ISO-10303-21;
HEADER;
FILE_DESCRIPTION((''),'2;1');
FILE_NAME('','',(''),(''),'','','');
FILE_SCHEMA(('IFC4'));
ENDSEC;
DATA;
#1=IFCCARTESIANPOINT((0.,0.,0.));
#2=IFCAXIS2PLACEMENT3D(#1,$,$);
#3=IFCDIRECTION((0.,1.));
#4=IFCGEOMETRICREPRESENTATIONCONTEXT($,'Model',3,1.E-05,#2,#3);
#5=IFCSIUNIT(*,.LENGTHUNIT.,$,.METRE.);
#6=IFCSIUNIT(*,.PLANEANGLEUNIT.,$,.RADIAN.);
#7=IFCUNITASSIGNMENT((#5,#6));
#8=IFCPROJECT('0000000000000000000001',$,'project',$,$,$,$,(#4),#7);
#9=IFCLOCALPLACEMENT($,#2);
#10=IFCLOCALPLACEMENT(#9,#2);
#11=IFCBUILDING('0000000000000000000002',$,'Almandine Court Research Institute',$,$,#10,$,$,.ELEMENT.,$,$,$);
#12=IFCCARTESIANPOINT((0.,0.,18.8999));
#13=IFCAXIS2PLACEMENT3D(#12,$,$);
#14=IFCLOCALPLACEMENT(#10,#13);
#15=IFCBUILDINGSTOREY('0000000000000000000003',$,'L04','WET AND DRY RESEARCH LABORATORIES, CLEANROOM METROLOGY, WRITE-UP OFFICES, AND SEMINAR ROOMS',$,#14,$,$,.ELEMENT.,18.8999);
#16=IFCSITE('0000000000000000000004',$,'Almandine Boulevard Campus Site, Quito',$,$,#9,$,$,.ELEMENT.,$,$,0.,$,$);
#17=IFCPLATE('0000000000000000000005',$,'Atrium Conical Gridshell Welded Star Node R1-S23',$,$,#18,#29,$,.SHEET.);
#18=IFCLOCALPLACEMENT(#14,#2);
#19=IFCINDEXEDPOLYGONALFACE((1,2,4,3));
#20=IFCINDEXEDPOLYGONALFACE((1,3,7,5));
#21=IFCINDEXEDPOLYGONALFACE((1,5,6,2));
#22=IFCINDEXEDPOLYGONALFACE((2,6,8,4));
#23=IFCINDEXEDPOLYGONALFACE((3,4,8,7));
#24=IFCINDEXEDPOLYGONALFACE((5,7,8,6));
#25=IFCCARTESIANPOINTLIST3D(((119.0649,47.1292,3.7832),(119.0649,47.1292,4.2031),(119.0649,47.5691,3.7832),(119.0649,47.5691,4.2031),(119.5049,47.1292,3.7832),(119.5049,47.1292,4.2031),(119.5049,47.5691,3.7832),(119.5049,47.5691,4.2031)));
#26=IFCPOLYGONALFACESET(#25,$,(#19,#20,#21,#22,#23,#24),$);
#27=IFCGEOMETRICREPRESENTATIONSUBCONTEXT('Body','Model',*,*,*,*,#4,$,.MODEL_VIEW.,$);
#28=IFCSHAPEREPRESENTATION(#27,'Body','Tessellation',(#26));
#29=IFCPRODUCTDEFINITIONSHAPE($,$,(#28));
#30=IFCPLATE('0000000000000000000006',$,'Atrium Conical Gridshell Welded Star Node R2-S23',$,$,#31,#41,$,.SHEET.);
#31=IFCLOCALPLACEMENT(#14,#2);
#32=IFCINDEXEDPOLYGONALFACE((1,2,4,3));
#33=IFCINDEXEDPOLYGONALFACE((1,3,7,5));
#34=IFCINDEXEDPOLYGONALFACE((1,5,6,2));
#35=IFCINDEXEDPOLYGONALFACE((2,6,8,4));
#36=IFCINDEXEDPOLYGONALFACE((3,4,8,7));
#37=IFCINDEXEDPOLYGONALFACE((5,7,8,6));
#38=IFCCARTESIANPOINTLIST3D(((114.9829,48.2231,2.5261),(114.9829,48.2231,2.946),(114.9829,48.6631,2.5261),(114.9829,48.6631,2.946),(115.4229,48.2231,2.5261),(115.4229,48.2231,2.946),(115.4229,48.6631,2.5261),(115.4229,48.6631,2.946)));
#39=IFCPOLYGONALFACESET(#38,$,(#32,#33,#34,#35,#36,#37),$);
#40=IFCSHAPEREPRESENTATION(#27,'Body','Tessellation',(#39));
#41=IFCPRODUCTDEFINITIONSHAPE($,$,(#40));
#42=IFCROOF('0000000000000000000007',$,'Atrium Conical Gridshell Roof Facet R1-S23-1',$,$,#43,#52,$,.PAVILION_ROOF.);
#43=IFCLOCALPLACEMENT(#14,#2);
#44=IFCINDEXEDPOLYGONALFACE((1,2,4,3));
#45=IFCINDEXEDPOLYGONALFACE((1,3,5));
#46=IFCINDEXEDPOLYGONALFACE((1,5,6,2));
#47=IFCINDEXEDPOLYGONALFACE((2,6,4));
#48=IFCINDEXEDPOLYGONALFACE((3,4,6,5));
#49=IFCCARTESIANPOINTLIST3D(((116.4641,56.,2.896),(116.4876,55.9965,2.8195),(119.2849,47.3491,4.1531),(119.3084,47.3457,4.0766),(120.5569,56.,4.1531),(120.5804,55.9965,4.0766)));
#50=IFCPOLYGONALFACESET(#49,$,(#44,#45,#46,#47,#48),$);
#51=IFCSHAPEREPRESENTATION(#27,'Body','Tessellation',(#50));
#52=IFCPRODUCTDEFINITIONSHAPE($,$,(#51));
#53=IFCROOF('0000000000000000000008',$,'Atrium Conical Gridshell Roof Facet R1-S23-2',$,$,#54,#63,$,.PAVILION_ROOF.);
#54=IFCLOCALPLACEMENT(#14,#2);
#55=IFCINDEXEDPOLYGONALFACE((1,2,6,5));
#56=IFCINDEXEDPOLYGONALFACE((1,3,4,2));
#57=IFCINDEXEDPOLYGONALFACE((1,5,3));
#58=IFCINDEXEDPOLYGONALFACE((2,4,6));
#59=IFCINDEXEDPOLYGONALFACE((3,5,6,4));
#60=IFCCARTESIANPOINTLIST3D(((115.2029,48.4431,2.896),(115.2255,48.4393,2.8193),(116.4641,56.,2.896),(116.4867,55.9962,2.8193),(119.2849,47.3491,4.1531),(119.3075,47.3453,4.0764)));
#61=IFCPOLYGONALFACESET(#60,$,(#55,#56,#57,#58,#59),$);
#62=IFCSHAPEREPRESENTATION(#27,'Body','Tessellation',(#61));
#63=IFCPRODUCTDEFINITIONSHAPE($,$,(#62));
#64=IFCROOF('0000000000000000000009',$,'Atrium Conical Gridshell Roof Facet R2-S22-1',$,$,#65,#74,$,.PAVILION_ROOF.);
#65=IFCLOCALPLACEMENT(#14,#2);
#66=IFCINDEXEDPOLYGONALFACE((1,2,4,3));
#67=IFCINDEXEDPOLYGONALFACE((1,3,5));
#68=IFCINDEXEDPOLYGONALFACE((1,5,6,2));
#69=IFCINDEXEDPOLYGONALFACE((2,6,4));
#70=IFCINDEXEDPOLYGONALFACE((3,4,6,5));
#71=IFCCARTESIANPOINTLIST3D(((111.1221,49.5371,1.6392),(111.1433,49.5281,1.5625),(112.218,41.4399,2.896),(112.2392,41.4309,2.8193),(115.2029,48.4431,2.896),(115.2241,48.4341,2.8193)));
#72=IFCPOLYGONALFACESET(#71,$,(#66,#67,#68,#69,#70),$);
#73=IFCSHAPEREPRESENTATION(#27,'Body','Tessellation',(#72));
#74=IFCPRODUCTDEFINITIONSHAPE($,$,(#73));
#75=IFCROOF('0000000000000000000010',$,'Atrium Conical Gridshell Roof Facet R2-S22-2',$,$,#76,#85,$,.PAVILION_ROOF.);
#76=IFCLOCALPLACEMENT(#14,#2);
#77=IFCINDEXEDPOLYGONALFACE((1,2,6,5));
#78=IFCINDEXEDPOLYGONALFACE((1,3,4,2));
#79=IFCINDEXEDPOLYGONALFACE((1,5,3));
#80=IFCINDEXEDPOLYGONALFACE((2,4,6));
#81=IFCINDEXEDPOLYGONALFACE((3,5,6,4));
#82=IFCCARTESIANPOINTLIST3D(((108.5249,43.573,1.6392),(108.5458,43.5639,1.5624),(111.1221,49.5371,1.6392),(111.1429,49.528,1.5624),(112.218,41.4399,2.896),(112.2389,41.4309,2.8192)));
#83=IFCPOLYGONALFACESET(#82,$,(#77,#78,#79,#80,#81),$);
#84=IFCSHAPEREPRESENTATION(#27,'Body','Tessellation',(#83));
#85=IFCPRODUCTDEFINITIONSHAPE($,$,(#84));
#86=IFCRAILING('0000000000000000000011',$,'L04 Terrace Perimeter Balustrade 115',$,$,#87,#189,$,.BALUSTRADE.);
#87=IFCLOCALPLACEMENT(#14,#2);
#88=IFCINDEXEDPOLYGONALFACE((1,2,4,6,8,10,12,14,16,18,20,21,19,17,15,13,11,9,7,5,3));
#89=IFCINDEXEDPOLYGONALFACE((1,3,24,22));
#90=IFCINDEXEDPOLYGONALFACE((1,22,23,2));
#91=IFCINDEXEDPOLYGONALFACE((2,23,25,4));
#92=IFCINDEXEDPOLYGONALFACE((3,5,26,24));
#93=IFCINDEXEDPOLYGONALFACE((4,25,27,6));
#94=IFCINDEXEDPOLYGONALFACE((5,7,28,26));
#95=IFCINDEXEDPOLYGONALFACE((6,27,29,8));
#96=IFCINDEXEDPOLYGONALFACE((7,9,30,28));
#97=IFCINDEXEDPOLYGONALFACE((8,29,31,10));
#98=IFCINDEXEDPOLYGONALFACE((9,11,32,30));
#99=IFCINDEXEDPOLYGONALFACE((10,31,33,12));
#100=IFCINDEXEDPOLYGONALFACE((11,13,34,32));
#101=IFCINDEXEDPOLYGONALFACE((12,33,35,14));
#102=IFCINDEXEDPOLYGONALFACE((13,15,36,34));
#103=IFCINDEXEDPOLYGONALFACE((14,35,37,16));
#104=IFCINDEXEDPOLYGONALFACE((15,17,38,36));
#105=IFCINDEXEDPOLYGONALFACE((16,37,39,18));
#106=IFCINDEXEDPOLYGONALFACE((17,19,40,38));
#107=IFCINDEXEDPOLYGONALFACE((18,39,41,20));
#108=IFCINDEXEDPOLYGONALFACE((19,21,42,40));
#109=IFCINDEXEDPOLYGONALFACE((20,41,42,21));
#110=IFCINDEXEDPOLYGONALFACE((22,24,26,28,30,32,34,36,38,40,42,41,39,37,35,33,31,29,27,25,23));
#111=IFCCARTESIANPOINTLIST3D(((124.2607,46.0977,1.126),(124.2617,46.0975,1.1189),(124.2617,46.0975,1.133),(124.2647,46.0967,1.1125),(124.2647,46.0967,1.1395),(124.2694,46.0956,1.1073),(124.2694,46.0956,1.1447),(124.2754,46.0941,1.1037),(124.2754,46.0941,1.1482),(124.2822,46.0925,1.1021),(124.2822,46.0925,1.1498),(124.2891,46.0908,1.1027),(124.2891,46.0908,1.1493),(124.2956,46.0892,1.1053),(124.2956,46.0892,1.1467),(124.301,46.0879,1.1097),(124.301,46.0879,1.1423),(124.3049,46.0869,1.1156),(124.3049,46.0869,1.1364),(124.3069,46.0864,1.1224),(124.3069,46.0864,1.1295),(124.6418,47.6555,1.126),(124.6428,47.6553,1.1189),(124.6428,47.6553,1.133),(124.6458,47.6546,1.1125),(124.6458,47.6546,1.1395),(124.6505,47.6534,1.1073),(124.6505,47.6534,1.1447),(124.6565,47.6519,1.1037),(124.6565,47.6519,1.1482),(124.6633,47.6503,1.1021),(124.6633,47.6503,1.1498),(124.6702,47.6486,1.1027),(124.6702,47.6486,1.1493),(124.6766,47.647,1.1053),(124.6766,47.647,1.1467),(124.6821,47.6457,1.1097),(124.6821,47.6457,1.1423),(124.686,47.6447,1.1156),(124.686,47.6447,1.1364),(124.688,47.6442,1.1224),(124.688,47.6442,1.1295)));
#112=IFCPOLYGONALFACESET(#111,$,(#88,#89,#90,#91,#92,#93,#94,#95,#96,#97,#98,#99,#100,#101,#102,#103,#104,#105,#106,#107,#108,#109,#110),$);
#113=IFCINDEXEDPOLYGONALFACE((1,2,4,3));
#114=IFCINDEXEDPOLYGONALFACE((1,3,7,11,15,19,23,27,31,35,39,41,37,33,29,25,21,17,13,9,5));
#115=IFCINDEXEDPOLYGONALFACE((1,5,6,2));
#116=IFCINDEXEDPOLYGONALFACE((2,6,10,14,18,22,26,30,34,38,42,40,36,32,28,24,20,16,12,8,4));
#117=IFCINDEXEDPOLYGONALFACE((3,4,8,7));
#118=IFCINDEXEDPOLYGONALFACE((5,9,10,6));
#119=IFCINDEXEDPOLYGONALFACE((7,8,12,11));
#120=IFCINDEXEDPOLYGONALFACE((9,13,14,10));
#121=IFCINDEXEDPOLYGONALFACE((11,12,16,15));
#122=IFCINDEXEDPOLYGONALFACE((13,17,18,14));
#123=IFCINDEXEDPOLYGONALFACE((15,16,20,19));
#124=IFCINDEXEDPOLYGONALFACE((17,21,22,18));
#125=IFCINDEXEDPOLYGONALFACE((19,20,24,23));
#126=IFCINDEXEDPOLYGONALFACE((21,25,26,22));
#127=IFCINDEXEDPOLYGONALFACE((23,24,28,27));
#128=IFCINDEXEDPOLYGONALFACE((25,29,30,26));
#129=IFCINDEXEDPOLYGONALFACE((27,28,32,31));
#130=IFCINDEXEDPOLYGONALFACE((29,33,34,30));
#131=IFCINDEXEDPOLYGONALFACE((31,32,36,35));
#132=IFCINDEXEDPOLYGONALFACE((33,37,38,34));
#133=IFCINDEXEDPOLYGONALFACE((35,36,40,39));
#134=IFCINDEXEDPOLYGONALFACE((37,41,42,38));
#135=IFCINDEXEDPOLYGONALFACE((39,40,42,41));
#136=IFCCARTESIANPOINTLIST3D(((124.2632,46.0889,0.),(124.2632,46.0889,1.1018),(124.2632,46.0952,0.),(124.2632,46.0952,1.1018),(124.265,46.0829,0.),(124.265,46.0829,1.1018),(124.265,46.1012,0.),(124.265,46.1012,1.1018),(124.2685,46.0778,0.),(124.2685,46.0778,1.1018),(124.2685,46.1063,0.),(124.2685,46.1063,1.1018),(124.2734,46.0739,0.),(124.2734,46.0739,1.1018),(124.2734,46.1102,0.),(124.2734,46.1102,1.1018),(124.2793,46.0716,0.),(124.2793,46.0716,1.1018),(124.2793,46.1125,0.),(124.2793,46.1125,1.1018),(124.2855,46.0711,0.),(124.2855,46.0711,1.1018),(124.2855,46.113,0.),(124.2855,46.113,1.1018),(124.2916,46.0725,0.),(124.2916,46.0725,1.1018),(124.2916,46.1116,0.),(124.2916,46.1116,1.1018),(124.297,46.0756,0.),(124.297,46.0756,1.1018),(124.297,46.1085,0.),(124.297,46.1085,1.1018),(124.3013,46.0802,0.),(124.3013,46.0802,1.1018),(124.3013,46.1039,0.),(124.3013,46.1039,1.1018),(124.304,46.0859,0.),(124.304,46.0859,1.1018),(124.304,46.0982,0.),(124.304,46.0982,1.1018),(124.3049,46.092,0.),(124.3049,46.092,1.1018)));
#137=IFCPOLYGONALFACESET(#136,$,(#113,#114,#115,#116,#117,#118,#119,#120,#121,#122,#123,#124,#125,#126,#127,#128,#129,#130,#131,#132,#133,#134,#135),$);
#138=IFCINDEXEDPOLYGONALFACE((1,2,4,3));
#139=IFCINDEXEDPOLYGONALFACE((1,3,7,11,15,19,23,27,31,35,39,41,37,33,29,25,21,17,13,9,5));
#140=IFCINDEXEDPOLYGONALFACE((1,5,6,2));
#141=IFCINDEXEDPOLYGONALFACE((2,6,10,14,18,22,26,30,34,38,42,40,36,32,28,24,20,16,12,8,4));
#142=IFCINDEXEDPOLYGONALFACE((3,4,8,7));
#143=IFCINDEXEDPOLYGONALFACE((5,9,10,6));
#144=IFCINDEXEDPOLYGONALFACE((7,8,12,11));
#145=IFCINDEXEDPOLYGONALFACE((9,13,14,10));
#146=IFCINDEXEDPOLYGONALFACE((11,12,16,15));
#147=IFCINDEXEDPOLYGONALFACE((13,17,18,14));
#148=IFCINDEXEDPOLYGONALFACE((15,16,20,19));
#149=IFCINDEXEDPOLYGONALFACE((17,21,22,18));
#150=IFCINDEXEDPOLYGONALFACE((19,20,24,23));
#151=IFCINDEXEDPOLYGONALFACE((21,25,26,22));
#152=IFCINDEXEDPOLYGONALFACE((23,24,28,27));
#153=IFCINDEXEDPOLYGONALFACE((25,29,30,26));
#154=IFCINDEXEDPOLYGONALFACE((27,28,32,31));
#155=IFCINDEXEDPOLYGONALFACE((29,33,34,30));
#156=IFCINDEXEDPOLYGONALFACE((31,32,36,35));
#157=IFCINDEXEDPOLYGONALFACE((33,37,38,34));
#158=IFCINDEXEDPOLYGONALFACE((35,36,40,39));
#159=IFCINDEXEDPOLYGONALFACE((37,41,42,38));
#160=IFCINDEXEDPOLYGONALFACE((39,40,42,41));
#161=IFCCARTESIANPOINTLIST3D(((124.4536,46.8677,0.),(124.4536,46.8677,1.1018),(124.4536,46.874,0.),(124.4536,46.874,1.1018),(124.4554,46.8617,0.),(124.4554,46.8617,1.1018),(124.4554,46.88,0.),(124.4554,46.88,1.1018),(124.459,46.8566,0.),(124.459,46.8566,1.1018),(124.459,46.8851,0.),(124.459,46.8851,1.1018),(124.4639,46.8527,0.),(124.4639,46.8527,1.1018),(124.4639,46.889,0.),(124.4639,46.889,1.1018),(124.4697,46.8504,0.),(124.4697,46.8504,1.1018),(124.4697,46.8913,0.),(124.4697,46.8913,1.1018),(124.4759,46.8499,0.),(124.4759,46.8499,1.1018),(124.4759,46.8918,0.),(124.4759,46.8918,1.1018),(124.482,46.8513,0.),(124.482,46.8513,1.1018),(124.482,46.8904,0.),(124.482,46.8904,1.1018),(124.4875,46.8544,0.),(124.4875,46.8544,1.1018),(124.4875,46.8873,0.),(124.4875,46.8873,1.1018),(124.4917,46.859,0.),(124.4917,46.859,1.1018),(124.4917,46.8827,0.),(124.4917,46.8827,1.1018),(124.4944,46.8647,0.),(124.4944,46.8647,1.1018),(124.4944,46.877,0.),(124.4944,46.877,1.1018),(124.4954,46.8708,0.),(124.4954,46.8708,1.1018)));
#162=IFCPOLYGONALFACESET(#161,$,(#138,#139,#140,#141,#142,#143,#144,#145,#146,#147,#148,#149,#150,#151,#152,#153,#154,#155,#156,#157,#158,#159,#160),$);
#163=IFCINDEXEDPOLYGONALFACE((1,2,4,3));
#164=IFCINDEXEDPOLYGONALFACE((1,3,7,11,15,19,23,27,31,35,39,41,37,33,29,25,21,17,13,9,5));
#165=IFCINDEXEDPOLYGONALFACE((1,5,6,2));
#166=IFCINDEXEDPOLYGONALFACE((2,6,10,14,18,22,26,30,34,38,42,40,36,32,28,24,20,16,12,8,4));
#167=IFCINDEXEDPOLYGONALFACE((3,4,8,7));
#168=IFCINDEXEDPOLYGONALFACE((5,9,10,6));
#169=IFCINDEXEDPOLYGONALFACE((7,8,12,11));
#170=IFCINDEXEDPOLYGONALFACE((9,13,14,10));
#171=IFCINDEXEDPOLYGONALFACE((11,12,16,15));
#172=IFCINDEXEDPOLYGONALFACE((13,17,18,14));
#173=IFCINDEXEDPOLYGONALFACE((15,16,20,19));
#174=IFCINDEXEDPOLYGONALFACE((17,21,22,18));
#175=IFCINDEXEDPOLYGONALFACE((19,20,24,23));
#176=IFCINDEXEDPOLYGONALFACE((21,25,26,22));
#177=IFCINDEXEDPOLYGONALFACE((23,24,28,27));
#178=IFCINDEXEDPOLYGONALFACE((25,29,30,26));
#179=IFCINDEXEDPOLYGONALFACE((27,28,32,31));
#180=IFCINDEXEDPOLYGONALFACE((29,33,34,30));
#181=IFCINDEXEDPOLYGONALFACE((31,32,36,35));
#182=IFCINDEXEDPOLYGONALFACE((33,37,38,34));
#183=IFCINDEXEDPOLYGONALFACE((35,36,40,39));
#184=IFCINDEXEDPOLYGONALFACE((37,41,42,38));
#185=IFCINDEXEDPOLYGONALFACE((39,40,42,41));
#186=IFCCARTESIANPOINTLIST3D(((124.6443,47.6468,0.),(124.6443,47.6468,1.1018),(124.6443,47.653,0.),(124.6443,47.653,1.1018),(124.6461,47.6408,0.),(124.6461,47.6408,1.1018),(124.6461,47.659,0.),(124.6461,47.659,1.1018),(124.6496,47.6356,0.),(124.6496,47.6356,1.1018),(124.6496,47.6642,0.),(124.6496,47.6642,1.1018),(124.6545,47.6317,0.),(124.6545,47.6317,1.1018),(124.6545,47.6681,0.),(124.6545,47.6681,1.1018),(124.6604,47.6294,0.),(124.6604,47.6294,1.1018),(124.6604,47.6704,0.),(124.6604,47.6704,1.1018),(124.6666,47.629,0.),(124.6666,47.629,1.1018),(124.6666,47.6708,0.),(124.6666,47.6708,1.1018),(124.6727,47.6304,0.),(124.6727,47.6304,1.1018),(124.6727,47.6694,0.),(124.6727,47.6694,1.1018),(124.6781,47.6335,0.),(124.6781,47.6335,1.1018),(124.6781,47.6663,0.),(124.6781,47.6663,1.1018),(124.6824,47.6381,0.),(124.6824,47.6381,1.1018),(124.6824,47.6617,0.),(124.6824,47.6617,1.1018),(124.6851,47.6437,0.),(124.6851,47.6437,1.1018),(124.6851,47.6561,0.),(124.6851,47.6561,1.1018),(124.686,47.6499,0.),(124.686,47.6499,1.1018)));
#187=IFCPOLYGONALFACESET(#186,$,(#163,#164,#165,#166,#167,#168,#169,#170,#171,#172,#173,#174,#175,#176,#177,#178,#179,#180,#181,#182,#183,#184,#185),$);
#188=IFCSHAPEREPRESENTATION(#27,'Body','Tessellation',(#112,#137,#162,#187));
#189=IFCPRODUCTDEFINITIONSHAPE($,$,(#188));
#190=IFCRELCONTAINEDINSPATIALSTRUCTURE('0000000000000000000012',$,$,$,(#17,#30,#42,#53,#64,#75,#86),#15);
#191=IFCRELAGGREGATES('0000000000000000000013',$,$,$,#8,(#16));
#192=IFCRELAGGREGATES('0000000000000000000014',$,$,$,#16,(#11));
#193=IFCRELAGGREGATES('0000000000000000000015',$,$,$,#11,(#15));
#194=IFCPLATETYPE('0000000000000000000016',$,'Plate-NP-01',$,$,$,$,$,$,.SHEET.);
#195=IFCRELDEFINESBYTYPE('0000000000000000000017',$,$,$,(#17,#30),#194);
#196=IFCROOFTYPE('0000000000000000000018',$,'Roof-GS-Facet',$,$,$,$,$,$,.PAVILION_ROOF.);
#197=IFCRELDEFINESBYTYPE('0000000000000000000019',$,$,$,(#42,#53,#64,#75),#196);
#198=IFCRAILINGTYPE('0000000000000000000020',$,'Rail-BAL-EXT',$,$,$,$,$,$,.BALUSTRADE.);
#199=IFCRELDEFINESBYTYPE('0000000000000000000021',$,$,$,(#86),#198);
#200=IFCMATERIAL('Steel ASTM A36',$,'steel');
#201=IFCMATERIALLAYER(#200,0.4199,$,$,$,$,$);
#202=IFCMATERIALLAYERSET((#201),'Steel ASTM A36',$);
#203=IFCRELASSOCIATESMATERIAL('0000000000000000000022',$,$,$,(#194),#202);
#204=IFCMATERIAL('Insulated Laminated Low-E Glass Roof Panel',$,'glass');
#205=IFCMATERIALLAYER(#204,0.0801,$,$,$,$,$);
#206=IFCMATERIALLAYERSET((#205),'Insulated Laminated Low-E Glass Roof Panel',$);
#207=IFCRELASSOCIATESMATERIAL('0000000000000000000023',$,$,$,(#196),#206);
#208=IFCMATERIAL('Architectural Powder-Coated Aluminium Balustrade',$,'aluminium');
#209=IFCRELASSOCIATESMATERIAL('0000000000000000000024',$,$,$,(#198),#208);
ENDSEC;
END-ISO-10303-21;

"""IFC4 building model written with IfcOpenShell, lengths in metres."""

from ifc_helpers import new_model, si_unit, direction, frame, origin, origin_2d, place, context, subcontext, project, spatial, polyline, rectangle, circle, outline, extrude, material, layer, layer_set, type_object, element, save


model = new_model("IFC4")

# Units and contexts
model_context = context("Model", 3, precision=1e-05, world=origin(), true_north=direction((0.0, 1.0)))
body_context = subcontext(model_context, "Body", "Model", "MODEL_VIEW")
ifc_project = project(units=[si_unit("LENGTHUNIT", "METRE"), si_unit("PLANEANGLEUNIT", "RADIAN")], contexts=[model_context])

# Site, building, storey
site_placement = place(None, origin())
site = spatial("IfcSite", under=ifc_project, at=site_placement, Name="Almandine Boulevard Campus Site, Quito", CompositionType="ELEMENT", RefElevation=0.0)
building_placement = place(site_placement, origin())
building = spatial("IfcBuilding", under=site, at=building_placement, Name="Almandine Court Research Institute", CompositionType="ELEMENT")
storey_placement = place(building_placement, frame((0.0, 0.0, 18.8999)))
storey = spatial("IfcBuildingStorey", under=building, at=storey_placement, Name="L04", Description="WET AND DRY RESEARCH LABORATORIES, CLEANROOM METROLOGY, WRITE-UP OFFICES, AND SEMINAR ROOMS", CompositionType="ELEMENT", Elevation=18.8999)

# Plates
ifc_material_1 = material(Name="Steel ASTM A36", Category="steel")
ifc_layer_1 = layer(ifc_material_1, 0.4199)
ifc_layer_set_1 = layer_set([ifc_layer_1], Name="Steel ASTM A36")
plate_type = type_object("IfcPlateType", Name="Plate-NP-01", PredefinedType="SHEET", material=ifc_layer_set_1)
for number, where, z_axis, x_axis, name in (
    (1, (119.2849, 47.3491, 3.7832), (0.0, 0.0, 1.0), (1.0, 0.0, 0.0), "Atrium Conical Gridshell Welded Star Node R1-S23"),
    (2, (115.2029, 48.4431, 2.5261), (0.0, 0.0, 1.0), (1.0, 0.0, 0.0), "Atrium Conical Gridshell Welded Star Node R2-S23"),
):
    element("IfcPlate", number, at=place(storey_placement, frame(where, z_axis=z_axis, x_axis=x_axis)), inside=storey, type_object=plate_type, Name=name, PredefinedType="SHEET", context=body_context, shape_type="SweptSolid", body=[
        extrude(rectangle(XDim=0.4399, YDim=0.4399, at=origin_2d()), origin(), (0.0, 0.0, 1.0), 0.4199),
    ])

# Roofs
ifc_material_2 = material(Name="Insulated Laminated Low-E Glass Roof Panel", Category="glass")
ifc_layer_2 = layer(ifc_material_2, 0.0801)
ifc_layer_set_2 = layer_set([ifc_layer_2], Name="Insulated Laminated Low-E Glass Roof Panel")
roof_type = type_object("IfcRoofType", Name="Roof-GS-Facet", PredefinedType="PAVILION_ROOF", material=ifc_layer_set_2)
roof_1_placement = place(storey_placement, frame((119.2849, 47.3491, 4.1531), z_axis=(-0.293336, 0.04313, 0.955036), x_axis=(0.14547, 0.989363, 0.0)))
element("IfcRoof", 3, at=roof_1_placement, inside=storey, type_object=roof_type, Name="Atrium Conical Gridshell Roof Facet R1-S23-1", PredefinedType="PAVILION_ROOF", context=body_context, shape_type="SweptSolid", body=[
    extrude(outline(polyline([(0.0, 0.0), (8.7439, 0.0), (8.1485, 4.2399), (0.0, 0.0)])), origin(), (0.0, 0.0, -1.0), 0.0801),
])
roof_2_placement = place(storey_placement, frame((119.2849, 47.3491, 4.1531), z_axis=(-0.282428, 0.047137, 0.95813), x_axis=(-0.30709, 0.941789, -0.136854)))
element("IfcRoof", 4, at=roof_2_placement, inside=storey, type_object=roof_type, Name="Atrium Conical Gridshell Roof Facet R1-S23-2", PredefinedType="PAVILION_ROOF", context=body_context, shape_type="SweptSolid", body=[
    extrude(outline(polyline([(0.0, 0.0), (9.1856, 0.0), (2.4559, 3.6618), (0.0, 0.0)])), origin(), (0.0, 0.0, -1.0), 0.0801),
])
roof_3_placement = place(storey_placement, frame((112.218, 41.4399, 2.896), z_axis=(-0.264714, 0.112825, 0.957704), x_axis=(0.392088, 0.919928, 0.0)))
element("IfcRoof", 5, at=roof_3_placement, inside=storey, type_object=roof_type, Name="Atrium Conical Gridshell Roof Facet R2-S22-1", PredefinedType="PAVILION_ROOF", context=body_context, shape_type="SweptSolid", body=[
    extrude(outline(polyline([(0.0, 0.0), (7.6127, 0.0), (7.0191, 4.3677), (0.0, 0.0)])), origin(), (0.0, 0.0, -1.0), 0.0801),
])
roof_4_placement = place(storey_placement, frame((112.218, 41.4399, 2.896), z_axis=(-0.260701, 0.113526, 0.958722), x_axis=(-0.132567, 0.979445, -0.152029)))
element("IfcRoof", 6, at=roof_4_placement, inside=storey, type_object=roof_type, Name="Atrium Conical Gridshell Roof Facet R2-S22-2", PredefinedType="PAVILION_ROOF", context=body_context, shape_type="SweptSolid", body=[
    extrude(outline(polyline([(0.0, 0.0), (8.2671, 0.0), (2.7699, 3.478), (0.0, 0.0)])), origin(), (0.0, 0.0, -1.0), 0.0801),
])

# Railing
ifc_material_3 = material(Name="Architectural Powder-Coated Aluminium Balustrade", Category="aluminium")
railing_type = type_object("IfcRailingType", Name="Rail-BAL-EXT", PredefinedType="BALUSTRADE", material=ifc_material_3)
railing_1_placement = place(storey_placement, frame((124.2839, 46.092, 0.0)))
element("IfcRailing", 7, at=railing_1_placement, inside=storey, type_object=railing_type, Name="L04 Terrace Perimeter Balustrade 115", PredefinedType="BALUSTRADE", context=body_context, shape_type="SweptSolid", body=[
    extrude(circle(Radius=0.0239, at=origin_2d()), frame((0.0, 0.0, 1.126), z_axis=(0.237625, 0.971357, 0.0), x_axis=(-0.971357, 0.237625, 0.0)), (0.0, 0.0, 1.0), 1.6038),
    extrude(circle(Radius=0.021, at=origin_2d()), origin(), (0.0, 0.0, 1.0), 1.1018),
    extrude(circle(Radius=0.021, at=origin_2d()), frame((0.1904, 0.7788, 0.0)), (0.0, 0.0, 1.0), 1.1018),
    extrude(circle(Radius=0.021, at=origin_2d()), frame((0.3811, 1.5579, 0.0)), (0.0, 0.0, 1.0), 1.1018),
])

save(model, "model.ifc")
